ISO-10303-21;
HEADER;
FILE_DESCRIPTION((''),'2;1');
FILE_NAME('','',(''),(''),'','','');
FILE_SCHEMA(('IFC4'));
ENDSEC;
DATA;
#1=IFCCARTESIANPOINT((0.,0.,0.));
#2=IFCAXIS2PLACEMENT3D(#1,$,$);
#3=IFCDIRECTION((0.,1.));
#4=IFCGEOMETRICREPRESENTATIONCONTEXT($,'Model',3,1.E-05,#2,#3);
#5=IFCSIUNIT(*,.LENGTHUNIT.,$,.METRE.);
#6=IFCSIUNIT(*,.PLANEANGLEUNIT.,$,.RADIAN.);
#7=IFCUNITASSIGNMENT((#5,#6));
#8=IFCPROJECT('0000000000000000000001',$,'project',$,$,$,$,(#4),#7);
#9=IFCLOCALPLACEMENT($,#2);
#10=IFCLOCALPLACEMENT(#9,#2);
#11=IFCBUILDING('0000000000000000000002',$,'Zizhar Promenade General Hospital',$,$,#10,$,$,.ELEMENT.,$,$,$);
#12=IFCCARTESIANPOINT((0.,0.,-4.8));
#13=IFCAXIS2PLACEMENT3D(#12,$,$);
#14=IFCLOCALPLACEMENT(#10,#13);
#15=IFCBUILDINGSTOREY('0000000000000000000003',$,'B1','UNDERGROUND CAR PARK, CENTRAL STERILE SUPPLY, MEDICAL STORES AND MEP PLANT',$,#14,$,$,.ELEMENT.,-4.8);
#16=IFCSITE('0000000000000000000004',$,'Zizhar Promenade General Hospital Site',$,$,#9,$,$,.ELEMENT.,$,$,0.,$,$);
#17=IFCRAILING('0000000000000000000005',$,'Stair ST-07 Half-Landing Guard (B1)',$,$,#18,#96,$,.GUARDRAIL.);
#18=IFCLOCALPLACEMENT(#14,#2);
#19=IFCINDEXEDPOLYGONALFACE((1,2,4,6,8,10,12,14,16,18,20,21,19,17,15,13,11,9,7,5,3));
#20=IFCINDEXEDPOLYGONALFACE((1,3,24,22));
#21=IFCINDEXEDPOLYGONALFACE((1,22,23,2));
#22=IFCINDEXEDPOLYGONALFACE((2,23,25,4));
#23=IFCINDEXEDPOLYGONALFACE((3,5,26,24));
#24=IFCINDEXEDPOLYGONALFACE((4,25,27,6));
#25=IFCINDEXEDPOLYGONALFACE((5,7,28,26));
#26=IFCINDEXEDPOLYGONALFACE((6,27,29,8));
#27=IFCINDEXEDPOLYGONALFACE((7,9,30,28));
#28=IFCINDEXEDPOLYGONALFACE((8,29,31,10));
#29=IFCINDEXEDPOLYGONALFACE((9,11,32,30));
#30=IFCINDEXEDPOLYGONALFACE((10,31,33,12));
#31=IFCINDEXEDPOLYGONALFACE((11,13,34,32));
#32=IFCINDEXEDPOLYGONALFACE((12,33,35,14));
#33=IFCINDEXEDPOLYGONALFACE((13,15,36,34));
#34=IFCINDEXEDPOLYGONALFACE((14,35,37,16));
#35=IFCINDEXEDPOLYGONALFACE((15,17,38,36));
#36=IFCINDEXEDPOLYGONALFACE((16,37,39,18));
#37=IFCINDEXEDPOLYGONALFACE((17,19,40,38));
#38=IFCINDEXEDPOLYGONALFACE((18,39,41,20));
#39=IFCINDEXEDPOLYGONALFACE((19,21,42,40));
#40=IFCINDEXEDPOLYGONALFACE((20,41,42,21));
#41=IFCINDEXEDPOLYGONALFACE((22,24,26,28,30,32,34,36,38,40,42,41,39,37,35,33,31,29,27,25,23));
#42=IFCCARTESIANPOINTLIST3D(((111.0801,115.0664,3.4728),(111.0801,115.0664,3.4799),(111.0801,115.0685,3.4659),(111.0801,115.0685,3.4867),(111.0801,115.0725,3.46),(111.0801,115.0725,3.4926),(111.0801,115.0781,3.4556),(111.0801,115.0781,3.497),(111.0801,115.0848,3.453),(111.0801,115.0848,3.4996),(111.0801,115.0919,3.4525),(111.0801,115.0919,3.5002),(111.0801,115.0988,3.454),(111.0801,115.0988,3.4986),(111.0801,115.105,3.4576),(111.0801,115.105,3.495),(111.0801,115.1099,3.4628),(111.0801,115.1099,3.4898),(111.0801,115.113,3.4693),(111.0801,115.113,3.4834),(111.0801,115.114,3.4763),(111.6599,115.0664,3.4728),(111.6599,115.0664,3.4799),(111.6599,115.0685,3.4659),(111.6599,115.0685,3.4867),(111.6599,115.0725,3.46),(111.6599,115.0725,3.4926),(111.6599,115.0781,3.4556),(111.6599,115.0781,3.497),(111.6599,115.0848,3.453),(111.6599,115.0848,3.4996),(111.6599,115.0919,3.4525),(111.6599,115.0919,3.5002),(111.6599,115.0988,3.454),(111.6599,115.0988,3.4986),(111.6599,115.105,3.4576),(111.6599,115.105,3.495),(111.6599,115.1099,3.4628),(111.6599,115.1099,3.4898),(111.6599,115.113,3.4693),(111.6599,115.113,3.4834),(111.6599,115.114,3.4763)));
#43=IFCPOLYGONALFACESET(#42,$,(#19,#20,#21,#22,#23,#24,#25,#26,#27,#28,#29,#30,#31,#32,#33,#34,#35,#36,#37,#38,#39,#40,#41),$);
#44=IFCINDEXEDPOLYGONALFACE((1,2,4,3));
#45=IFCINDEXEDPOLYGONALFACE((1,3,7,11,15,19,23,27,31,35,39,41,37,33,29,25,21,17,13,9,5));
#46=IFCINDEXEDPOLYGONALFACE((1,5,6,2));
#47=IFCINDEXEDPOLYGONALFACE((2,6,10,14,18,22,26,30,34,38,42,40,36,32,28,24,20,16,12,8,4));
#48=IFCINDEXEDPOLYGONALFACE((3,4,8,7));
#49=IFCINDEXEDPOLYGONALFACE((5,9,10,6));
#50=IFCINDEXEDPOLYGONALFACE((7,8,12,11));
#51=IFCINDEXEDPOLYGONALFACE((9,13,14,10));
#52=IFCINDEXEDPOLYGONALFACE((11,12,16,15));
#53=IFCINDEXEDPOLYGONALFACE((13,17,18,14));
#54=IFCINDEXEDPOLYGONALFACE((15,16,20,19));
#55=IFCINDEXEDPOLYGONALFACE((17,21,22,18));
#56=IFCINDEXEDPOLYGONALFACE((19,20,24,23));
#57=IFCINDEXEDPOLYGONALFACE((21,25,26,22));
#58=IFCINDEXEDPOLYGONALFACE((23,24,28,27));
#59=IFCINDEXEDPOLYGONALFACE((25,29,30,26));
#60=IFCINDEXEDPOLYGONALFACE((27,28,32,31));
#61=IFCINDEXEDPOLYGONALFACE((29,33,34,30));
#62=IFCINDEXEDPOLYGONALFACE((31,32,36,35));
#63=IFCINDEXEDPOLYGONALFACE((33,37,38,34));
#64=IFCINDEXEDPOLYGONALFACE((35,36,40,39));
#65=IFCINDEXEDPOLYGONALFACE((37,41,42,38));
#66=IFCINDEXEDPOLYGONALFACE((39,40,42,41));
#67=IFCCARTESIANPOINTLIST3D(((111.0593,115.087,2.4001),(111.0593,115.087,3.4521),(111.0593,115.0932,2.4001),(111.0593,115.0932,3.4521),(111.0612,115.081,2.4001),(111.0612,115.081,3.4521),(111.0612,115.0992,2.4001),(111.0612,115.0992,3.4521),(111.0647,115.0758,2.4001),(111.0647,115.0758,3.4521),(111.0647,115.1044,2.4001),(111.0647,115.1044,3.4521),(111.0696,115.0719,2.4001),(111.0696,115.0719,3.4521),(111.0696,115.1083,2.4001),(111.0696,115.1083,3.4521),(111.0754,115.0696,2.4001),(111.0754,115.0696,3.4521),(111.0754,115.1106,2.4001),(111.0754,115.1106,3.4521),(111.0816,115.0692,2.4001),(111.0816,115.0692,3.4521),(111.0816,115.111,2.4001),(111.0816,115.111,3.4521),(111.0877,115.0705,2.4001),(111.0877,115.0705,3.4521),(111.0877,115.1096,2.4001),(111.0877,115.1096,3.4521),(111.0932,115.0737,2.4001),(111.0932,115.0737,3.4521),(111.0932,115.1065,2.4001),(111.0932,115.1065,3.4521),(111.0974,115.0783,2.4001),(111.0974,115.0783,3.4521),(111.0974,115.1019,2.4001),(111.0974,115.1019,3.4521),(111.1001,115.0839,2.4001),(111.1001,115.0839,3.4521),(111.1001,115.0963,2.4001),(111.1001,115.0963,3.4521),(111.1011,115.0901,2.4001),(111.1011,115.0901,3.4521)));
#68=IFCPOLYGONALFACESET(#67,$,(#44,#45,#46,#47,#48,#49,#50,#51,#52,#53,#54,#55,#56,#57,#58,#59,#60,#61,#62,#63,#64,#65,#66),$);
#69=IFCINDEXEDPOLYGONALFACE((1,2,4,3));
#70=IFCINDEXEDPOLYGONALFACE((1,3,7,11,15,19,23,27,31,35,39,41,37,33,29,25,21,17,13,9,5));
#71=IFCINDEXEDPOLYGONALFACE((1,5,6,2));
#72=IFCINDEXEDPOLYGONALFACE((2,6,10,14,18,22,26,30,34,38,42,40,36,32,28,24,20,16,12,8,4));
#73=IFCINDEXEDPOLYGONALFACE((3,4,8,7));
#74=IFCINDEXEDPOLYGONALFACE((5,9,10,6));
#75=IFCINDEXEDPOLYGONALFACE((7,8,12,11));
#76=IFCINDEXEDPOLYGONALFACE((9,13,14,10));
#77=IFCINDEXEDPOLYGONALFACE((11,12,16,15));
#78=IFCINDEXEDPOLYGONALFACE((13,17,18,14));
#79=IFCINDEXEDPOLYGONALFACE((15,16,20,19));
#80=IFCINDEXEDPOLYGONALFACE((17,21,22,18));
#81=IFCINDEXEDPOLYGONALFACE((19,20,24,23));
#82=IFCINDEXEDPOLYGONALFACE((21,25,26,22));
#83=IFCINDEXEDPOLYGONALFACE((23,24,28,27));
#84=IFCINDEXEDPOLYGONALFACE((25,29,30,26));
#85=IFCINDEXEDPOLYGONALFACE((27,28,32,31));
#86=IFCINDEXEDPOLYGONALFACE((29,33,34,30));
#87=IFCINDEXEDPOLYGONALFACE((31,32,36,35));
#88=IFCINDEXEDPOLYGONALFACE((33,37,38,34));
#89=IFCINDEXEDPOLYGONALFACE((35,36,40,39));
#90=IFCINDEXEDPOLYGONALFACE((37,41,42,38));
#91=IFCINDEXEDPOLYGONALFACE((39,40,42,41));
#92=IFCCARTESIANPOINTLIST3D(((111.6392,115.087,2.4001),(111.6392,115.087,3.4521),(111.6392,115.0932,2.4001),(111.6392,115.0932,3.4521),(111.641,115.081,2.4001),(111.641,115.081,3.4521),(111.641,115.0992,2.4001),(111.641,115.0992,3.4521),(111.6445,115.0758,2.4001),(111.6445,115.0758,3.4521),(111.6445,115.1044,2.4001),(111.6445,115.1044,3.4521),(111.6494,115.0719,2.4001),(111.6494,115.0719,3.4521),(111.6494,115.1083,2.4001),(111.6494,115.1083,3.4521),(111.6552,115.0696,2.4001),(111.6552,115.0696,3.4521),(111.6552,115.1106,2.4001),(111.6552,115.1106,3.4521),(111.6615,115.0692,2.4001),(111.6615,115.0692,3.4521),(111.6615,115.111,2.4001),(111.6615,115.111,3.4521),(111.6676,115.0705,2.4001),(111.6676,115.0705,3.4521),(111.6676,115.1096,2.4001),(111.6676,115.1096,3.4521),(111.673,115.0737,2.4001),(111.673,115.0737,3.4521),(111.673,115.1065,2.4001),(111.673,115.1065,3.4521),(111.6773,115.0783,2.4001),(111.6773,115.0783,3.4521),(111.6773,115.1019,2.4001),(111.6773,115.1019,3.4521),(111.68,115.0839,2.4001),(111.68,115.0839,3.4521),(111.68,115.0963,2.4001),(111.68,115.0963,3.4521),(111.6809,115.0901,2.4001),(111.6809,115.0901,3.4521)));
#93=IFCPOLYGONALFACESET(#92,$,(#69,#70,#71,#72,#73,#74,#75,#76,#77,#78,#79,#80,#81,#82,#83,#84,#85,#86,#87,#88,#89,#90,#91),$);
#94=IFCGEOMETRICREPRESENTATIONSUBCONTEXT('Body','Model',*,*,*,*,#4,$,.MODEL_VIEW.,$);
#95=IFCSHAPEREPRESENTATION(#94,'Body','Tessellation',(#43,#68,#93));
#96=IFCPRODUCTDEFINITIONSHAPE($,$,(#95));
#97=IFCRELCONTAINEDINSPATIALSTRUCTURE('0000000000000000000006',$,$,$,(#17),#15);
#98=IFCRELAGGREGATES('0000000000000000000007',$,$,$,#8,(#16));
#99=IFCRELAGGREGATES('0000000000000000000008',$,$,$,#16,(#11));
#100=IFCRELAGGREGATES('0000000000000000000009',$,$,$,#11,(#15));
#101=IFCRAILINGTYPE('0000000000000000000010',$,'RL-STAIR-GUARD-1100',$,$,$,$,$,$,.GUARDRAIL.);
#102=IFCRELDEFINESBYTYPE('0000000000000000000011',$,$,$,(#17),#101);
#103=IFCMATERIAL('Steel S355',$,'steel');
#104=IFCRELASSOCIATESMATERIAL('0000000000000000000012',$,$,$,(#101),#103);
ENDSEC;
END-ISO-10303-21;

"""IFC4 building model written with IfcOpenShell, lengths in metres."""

from ifc_helpers import new_model, si_unit, direction, frame, origin, origin_2d, place, context, subcontext, project, spatial, circle, hollow_circle, extrude, material, material_profile, profile_set, type_object, element, save


model = new_model("IFC4")

# Units and contexts
model_context = context("Model", 3, precision=1e-05, world=origin(), true_north=direction((0.0, 1.0)))
body_context = subcontext(model_context, "Body", "Model", "MODEL_VIEW")
ifc_project = project(units=[si_unit("LENGTHUNIT", "METRE"), si_unit("PLANEANGLEUNIT", "RADIAN")], contexts=[model_context])

# Site, building, storey
site_placement = place(None, origin())
site = spatial("IfcSite", under=ifc_project, at=site_placement, Name="Zizhar Promenade General Hospital Site", CompositionType="ELEMENT", RefElevation=0.0)
building_placement = place(site_placement, origin())
building = spatial("IfcBuilding", under=site, at=building_placement, Name="Zizhar Promenade General Hospital", CompositionType="ELEMENT")
storey_placement = place(building_placement, frame((0.0, 0.0, -4.8)))
storey = spatial("IfcBuildingStorey", under=building, at=storey_placement, Name="B1", Description="UNDERGROUND CAR PARK, CENTRAL STERILE SUPPLY, MEDICAL STORES AND MEP PLANT", CompositionType="ELEMENT", Elevation=-4.8)

# Railing
ifc_material_1 = material(Name="Steel S355", Category="steel")
ifc_material_profile_1 = material_profile(ifc_material_1, hollow_circle(Radius=0.0698, WallThickness=0.0063, at=origin_2d()))
ifc_profile_set_1 = profile_set([ifc_material_profile_1], Name="Steel S355")
railing_type_1 = type_object("IfcRailingType", Name="RL-STAIR-GUARD-1100", PredefinedType="GUARDRAIL", material=ifc_profile_set_1)
railing_1_placement = place(storey_placement, frame((111.0801, 115.0901, 2.4001)))
element("IfcRailing", 1, at=railing_1_placement, inside=storey, type_object=railing_type_1, Name="Stair ST-07 Half-Landing Guard (B1)", PredefinedType="GUARDRAIL", context=body_context, shape_type="SweptSolid", body=[
    extrude(circle(Radius=0.0239, at=origin_2d()), frame((0.0, 0.0, 1.0762), z_axis=(1.0, 0.0, 0.0), x_axis=(0.0, 1.0, 0.0)), (0.0, 0.0, 1.0), 0.5798),
    extrude(circle(Radius=0.021, at=origin_2d()), origin(), (0.0, 0.0, 1.0), 1.052),
    extrude(circle(Radius=0.021, at=origin_2d()), frame((0.5798, 0.0, 0.0)), (0.0, 0.0, 1.0), 1.052),
])

save(model, "model.ifc")
